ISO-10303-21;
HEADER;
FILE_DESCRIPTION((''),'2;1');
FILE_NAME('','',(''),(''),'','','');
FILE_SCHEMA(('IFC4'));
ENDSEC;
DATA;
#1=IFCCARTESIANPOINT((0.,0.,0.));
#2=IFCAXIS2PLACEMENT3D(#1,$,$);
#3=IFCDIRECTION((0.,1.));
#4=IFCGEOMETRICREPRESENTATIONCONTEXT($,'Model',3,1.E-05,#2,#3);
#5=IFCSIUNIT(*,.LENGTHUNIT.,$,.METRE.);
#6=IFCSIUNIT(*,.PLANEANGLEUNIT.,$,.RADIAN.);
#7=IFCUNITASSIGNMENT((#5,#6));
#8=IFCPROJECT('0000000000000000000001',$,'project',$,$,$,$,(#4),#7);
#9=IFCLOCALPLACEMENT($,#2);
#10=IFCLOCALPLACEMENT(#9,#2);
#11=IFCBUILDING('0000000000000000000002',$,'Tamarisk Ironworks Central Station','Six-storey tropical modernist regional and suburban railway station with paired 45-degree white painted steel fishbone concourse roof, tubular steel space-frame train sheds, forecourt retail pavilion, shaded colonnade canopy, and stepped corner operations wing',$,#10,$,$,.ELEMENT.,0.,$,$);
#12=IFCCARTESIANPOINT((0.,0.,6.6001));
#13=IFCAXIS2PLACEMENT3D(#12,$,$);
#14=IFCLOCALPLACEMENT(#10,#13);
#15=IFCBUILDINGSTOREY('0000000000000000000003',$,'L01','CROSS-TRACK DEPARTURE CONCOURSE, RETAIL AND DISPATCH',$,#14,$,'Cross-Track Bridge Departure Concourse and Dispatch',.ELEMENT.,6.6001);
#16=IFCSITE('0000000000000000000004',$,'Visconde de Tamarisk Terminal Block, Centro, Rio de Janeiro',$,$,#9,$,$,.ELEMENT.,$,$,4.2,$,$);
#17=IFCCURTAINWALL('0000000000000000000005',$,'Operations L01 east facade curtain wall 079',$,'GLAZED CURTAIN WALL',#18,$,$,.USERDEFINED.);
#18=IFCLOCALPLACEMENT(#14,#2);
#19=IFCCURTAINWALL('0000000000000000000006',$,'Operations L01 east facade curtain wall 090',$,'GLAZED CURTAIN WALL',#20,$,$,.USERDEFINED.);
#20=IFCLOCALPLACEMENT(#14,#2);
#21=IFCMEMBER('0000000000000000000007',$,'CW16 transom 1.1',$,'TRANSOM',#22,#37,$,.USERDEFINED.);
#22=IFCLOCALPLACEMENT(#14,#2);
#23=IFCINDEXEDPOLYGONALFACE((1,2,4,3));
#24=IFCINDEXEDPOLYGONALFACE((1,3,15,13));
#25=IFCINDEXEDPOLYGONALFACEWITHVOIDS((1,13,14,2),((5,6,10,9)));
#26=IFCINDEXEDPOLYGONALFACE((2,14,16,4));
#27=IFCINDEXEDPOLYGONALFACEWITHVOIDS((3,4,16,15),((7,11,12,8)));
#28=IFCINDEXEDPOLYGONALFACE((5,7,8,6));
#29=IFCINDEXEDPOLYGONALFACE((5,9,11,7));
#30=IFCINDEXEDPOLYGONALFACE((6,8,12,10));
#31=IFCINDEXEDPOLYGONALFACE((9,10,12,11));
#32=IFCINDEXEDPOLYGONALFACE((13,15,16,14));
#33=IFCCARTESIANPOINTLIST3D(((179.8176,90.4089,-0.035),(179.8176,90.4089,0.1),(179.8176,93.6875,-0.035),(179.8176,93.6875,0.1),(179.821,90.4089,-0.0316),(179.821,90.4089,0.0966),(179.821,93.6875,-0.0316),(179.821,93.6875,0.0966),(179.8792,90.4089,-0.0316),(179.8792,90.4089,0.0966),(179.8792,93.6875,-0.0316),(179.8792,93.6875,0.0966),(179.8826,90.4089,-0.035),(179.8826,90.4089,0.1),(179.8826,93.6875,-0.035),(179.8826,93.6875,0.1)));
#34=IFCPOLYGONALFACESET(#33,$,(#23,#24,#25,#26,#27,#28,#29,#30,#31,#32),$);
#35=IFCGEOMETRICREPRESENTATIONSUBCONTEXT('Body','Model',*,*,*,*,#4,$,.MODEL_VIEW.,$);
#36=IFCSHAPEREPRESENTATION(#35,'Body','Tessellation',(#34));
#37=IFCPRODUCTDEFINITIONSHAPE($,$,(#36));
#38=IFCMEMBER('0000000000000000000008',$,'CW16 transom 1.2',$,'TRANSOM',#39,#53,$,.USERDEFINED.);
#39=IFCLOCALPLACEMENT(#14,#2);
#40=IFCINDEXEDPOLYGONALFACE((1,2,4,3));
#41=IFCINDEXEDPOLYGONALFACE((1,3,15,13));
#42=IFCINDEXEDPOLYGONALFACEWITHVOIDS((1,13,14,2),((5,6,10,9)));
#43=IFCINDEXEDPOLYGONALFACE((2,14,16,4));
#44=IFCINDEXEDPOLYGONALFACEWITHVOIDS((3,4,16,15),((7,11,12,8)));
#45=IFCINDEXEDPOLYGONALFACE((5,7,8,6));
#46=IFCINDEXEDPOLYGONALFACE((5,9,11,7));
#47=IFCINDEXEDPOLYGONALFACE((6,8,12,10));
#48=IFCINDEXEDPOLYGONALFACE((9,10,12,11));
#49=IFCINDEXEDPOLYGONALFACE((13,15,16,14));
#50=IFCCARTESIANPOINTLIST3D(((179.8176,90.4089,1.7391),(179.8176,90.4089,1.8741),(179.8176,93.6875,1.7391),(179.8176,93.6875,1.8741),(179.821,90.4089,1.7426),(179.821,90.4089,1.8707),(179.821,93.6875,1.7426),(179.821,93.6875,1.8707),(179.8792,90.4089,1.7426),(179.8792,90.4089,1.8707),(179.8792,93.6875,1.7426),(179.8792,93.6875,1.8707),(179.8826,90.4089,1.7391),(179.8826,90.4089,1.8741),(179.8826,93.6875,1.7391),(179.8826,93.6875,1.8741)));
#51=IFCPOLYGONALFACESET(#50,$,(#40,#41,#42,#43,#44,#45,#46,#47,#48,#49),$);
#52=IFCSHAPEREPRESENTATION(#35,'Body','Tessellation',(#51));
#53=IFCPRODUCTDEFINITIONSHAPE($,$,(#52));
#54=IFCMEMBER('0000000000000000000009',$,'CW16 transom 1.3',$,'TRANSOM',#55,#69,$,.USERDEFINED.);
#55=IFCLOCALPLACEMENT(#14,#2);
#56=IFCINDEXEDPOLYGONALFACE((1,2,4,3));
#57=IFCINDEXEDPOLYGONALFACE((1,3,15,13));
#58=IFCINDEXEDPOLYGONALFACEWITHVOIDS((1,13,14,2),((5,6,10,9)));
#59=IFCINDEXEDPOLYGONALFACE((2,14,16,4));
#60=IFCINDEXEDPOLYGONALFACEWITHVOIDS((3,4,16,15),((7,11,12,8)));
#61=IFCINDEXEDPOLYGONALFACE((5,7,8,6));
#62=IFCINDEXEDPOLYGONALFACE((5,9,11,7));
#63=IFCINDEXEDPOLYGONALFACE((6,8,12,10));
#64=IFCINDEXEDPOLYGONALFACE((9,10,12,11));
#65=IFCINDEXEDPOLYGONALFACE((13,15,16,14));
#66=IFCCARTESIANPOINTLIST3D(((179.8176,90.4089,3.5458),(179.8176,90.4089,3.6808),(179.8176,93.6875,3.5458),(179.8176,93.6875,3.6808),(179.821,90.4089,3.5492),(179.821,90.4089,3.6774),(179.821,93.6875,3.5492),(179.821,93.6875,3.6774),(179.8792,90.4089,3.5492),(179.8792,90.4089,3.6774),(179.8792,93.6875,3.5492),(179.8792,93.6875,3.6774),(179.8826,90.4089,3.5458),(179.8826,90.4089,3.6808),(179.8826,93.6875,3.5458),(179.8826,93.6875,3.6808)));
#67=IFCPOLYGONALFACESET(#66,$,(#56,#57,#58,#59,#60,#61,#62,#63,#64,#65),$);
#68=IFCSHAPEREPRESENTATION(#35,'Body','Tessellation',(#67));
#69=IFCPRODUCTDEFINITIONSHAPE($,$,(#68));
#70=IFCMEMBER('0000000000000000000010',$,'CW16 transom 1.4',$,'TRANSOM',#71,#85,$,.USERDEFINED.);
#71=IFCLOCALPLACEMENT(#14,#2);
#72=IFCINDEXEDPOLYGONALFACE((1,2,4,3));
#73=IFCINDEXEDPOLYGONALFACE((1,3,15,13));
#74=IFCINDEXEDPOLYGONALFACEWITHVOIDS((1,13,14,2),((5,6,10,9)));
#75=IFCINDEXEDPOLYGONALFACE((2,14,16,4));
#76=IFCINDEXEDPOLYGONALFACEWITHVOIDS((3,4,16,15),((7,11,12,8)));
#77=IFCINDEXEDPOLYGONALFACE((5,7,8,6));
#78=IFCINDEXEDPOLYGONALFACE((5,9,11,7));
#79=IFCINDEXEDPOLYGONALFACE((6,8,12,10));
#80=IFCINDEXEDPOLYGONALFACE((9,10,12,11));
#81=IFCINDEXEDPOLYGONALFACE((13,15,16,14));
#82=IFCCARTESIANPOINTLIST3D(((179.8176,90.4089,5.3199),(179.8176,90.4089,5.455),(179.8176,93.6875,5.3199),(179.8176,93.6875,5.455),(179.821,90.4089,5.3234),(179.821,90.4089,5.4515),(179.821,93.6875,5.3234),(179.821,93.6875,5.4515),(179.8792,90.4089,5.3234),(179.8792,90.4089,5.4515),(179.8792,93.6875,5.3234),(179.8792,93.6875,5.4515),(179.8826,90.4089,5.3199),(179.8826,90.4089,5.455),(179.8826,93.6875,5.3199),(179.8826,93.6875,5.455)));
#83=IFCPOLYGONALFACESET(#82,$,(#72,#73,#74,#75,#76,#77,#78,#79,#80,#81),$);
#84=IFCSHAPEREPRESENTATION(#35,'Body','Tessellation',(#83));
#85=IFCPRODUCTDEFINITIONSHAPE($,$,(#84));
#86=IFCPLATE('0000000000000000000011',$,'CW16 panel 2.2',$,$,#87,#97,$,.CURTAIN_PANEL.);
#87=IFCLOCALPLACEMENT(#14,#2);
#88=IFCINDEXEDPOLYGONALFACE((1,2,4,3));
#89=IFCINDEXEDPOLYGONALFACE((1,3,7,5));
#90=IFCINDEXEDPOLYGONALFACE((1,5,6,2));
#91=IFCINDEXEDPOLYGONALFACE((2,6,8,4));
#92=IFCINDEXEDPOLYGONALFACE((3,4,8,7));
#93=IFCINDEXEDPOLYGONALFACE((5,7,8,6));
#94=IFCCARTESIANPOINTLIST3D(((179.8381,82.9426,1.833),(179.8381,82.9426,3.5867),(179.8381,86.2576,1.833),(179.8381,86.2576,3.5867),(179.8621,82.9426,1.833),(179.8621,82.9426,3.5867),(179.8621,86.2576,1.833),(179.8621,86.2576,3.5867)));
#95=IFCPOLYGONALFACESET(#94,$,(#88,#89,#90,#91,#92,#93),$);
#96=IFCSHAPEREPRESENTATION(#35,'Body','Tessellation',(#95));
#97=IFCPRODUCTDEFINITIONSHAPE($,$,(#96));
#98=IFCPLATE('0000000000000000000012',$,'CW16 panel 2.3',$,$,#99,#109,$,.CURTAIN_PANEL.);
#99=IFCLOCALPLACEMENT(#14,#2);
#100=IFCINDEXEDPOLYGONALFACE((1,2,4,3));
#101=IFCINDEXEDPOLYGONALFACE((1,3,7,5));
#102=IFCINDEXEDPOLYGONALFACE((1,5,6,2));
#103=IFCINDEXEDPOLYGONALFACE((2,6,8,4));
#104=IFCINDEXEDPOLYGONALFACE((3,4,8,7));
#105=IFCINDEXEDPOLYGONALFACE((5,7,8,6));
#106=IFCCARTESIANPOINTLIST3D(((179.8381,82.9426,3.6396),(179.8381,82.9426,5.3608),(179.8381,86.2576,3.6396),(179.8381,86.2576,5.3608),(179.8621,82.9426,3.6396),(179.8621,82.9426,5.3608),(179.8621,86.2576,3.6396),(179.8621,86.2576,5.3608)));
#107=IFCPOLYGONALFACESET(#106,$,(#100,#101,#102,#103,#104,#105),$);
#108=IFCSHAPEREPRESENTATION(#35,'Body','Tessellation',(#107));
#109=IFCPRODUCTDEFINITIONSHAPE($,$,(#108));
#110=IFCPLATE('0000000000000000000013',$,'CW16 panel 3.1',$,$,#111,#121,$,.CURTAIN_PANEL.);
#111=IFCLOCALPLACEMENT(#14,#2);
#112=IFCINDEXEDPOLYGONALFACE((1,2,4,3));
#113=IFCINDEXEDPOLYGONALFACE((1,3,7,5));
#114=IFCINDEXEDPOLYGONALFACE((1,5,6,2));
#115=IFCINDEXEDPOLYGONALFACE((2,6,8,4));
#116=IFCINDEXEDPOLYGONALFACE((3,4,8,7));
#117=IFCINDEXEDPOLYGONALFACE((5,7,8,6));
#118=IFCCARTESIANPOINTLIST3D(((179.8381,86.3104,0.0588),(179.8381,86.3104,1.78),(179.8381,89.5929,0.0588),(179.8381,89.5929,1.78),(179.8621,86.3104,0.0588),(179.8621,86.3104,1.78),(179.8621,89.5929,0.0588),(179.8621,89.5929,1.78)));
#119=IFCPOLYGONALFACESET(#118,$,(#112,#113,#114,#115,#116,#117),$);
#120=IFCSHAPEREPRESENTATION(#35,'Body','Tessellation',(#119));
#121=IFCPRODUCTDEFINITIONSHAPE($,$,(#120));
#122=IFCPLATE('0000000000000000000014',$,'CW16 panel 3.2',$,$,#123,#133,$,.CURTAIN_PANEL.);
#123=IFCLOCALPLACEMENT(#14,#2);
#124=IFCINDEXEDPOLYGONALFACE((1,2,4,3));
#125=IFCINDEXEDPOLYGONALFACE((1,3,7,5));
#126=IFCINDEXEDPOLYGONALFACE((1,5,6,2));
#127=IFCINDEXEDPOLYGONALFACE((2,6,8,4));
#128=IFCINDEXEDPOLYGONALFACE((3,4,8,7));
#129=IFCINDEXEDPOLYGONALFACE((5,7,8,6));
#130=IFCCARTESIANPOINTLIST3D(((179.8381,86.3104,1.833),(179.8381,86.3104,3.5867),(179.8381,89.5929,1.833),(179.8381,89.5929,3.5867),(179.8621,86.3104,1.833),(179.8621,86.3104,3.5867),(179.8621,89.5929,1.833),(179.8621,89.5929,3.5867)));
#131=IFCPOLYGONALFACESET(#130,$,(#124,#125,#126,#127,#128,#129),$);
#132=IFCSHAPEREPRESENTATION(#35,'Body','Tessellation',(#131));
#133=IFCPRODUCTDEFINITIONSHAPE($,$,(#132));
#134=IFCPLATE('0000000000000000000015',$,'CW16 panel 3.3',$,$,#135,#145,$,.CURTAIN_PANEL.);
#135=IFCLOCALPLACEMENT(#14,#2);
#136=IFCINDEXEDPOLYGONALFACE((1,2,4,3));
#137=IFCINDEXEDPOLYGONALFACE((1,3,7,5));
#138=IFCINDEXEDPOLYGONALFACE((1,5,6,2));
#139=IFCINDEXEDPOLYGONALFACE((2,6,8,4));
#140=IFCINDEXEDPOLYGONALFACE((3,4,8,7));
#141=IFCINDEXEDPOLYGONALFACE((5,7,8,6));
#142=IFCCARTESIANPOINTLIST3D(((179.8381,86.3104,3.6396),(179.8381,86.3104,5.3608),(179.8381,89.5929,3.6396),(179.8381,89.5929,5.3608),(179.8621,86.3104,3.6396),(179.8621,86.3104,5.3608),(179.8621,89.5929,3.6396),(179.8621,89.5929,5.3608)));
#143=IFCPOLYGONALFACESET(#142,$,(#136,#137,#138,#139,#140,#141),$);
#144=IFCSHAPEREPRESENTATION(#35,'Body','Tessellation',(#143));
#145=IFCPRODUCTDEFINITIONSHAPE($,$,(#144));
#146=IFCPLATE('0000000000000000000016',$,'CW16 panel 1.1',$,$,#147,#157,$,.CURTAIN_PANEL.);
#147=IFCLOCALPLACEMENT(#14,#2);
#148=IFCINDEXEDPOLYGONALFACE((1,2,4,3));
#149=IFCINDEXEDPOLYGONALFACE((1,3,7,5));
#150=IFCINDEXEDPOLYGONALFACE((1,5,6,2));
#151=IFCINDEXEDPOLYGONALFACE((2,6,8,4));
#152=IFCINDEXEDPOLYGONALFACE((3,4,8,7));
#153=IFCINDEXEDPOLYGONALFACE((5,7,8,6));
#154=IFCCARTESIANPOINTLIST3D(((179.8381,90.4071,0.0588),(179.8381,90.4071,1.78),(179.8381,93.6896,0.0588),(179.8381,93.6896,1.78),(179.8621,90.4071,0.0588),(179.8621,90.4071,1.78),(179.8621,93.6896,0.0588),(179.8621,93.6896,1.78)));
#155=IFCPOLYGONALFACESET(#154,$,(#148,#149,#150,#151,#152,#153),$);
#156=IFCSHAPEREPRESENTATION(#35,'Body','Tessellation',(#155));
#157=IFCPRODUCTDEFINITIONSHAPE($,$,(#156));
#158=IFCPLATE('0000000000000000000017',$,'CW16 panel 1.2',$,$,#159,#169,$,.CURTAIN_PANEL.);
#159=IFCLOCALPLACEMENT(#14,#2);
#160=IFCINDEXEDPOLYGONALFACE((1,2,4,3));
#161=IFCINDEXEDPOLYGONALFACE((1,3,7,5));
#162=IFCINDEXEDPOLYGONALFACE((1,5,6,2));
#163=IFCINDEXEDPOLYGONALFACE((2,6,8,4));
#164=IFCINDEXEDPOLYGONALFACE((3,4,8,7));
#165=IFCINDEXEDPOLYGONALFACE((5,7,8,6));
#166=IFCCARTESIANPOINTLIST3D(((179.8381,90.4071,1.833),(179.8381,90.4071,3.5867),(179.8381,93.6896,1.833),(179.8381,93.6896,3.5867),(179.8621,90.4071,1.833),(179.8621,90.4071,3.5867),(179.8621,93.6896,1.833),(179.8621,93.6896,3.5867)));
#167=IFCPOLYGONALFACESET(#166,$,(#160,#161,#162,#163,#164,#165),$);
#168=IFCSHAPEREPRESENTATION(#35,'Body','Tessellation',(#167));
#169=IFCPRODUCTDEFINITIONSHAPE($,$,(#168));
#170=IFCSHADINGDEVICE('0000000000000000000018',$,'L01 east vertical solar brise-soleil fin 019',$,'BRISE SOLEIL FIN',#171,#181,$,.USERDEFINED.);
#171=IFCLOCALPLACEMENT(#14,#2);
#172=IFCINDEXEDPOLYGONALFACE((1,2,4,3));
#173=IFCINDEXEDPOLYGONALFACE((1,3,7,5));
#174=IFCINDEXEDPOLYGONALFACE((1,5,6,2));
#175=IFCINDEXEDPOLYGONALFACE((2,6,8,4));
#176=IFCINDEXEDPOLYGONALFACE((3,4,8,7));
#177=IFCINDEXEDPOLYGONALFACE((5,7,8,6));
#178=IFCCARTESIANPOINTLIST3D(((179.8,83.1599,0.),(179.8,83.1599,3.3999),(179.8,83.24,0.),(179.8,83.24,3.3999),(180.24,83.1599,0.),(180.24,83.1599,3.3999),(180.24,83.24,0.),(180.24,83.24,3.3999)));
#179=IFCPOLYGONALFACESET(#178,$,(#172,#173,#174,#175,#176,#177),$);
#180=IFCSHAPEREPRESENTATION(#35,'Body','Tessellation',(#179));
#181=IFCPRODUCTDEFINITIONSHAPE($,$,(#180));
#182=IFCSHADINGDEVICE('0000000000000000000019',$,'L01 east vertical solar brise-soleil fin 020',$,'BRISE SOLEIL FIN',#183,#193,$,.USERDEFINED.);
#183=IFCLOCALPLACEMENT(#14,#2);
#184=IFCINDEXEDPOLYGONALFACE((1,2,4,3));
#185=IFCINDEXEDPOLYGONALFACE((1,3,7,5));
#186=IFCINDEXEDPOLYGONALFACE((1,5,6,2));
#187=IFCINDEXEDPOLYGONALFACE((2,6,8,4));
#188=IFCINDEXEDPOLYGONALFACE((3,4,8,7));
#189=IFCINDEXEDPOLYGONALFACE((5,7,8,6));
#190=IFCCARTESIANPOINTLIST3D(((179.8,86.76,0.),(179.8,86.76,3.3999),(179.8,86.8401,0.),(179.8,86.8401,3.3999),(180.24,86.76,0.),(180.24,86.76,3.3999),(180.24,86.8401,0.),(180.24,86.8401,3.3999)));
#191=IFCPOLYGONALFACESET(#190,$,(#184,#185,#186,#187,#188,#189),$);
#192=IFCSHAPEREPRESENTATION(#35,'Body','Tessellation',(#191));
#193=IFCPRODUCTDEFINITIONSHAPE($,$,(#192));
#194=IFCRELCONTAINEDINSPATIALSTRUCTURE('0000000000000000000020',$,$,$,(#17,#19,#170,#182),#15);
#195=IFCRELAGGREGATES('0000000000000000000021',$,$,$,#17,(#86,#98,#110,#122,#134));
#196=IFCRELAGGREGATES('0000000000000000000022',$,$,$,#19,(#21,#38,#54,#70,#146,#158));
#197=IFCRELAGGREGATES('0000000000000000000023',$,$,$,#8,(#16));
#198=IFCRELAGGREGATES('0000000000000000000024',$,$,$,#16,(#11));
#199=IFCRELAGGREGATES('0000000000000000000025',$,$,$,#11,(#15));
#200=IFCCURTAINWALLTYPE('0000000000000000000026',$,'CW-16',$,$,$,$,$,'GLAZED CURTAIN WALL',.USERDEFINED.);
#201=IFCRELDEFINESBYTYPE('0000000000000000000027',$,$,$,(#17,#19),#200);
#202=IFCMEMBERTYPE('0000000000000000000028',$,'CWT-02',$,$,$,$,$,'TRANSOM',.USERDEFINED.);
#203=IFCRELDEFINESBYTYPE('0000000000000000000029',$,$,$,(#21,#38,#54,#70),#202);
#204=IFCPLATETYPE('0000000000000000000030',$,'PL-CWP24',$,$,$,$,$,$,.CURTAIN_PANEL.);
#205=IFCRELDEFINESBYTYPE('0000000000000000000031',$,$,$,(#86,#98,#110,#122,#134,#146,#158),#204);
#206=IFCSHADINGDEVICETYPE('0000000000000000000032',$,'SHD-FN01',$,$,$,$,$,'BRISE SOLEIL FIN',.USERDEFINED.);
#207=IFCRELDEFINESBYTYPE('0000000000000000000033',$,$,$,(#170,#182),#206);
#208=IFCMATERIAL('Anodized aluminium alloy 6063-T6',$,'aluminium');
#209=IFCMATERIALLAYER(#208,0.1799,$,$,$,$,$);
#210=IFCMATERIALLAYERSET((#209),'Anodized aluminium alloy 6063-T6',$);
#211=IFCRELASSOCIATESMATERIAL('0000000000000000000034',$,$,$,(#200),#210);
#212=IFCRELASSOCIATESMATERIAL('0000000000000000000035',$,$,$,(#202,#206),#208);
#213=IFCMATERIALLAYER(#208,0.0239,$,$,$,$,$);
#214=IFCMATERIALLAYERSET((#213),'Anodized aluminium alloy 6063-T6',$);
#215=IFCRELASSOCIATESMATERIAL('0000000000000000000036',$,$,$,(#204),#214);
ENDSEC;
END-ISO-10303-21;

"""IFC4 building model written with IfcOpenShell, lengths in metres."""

from ifc_helpers import new_model, si_unit, direction, frame, origin, origin_2d, place, context, subcontext, project, spatial, rectangle, hollow_rectangle, extrude, material, layer, layer_set, material_profile, profile_set, type_object, element, aggregate, save


model = new_model("IFC4")

# Units and contexts
model_context = context("Model", 3, precision=1e-05, world=origin(), true_north=direction((0.0, 1.0)))
body_context = subcontext(model_context, "Body", "Model", "MODEL_VIEW")
ifc_project = project(units=[si_unit("LENGTHUNIT", "METRE"), si_unit("PLANEANGLEUNIT", "RADIAN")], contexts=[model_context])

# Site, building, storey
site_placement = place(None, origin())
site = spatial("IfcSite", under=ifc_project, at=site_placement, Name="Visconde de Tamarisk Terminal Block, Centro, Rio de Janeiro", CompositionType="ELEMENT", RefElevation=4.2)
building_placement = place(site_placement, origin())
building = spatial("IfcBuilding", under=site, at=building_placement, Name="Tamarisk Ironworks Central Station", Description="Six-storey tropical modernist regional and suburban railway station with paired 45-degree white painted steel fishbone concourse roof, tubular steel space-frame train sheds, forecourt retail pavilion, shaded colonnade canopy, and stepped corner operations wing", CompositionType="ELEMENT", ElevationOfRefHeight=0.0)
storey_placement = place(building_placement, frame((0.0, 0.0, 6.6001)))
storey = spatial("IfcBuildingStorey", under=building, at=storey_placement, Name="L01", Description="CROSS-TRACK DEPARTURE CONCOURSE, RETAIL AND DISPATCH", LongName="Cross-Track Bridge Departure Concourse and Dispatch", CompositionType="ELEMENT", Elevation=6.6001)

# Curtain wall
ifc_material_1 = material(Name="Anodized aluminium alloy 6063-T6", Category="aluminium")
ifc_layer_1 = layer(ifc_material_1, 0.1799)
ifc_layer_set_1 = layer_set([ifc_layer_1], Name="Anodized aluminium alloy 6063-T6")
curtain_wall_type = type_object("IfcCurtainWallType", Name="CW-16", ElementType="GLAZED CURTAIN WALL", PredefinedType="USERDEFINED", material=ifc_layer_set_1)
curtain_wall_1_placement = place(storey_placement, origin())
curtain_wall_1 = element("IfcCurtainWall", 1, at=curtain_wall_1_placement, inside=storey, type_object=curtain_wall_type, Name="Operations L01 east facade curtain wall 079", ObjectType="GLAZED CURTAIN WALL", PredefinedType="USERDEFINED")

# Curtain wall
curtain_wall_2_placement = place(storey_placement, origin())
curtain_wall_2 = element("IfcCurtainWall", 2, at=curtain_wall_2_placement, inside=storey, type_object=curtain_wall_type, Name="Operations L01 east facade curtain wall 090", ObjectType="GLAZED CURTAIN WALL", PredefinedType="USERDEFINED")

# Members
ifc_material_profile_1 = material_profile(ifc_material_1, hollow_rectangle(XDim=0.0649, YDim=0.135, WallThickness=0.0034, at=origin_2d()), Name="ALUM 135x65")
ifc_profile_set_1 = profile_set([ifc_material_profile_1], Name="Anodized aluminium alloy 6063-T6")
member_type_1 = type_object("IfcMemberType", Name="CWT-02", ElementType="TRANSOM", PredefinedType="USERDEFINED", material=ifc_profile_set_1)
member_1_placement = place(storey_placement, frame((179.8501, 90.4089, 0.0325), z_axis=(0.0, 1.0, 0.0), x_axis=(-1.0, 0.0, 0.0)))
member_1 = element("IfcMember", 3, at=member_1_placement, type_object=member_type_1, Name="CW16 transom 1.1", ObjectType="TRANSOM", PredefinedType="USERDEFINED", context=body_context, shape_type="SweptSolid", body=[
    extrude(hollow_rectangle(XDim=0.0649, YDim=0.135, WallThickness=0.0034, at=origin_2d()), origin(), (0.0, 0.0, 1.0), 3.2786),
])
member_2_placement = place(storey_placement, frame((179.8501, 90.4089, 1.8066), z_axis=(0.0, 1.0, 0.0), x_axis=(-1.0, 0.0, 0.0)))
member_2 = element("IfcMember", 4, at=member_2_placement, type_object=member_type_1, Name="CW16 transom 1.2", ObjectType="TRANSOM", PredefinedType="USERDEFINED", context=body_context, shape_type="SweptSolid", body=[
    extrude(hollow_rectangle(XDim=0.0649, YDim=0.135, WallThickness=0.0034, at=origin_2d()), origin(), (0.0, 0.0, 1.0), 3.2786),
])
member_3_placement = place(storey_placement, frame((179.8501, 90.4089, 3.6133), z_axis=(0.0, 1.0, 0.0), x_axis=(-1.0, 0.0, 0.0)))
member_3 = element("IfcMember", 5, at=member_3_placement, type_object=member_type_1, Name="CW16 transom 1.3", ObjectType="TRANSOM", PredefinedType="USERDEFINED", context=body_context, shape_type="SweptSolid", body=[
    extrude(hollow_rectangle(XDim=0.0649, YDim=0.135, WallThickness=0.0034, at=origin_2d()), origin(), (0.0, 0.0, 1.0), 3.2786),
])
member_4_placement = place(storey_placement, frame((179.8501, 90.4089, 5.3875), z_axis=(0.0, 1.0, 0.0), x_axis=(-1.0, 0.0, 0.0)))
member_4 = element("IfcMember", 6, at=member_4_placement, type_object=member_type_1, Name="CW16 transom 1.4", ObjectType="TRANSOM", PredefinedType="USERDEFINED", context=body_context, shape_type="SweptSolid", body=[
    extrude(hollow_rectangle(XDim=0.0649, YDim=0.135, WallThickness=0.0034, at=origin_2d()), origin(), (0.0, 0.0, 1.0), 3.2786),
])

# Plates
ifc_layer_2 = layer(ifc_material_1, 0.0239)
ifc_layer_set_2 = layer_set([ifc_layer_2], Name="Anodized aluminium alloy 6063-T6")
plate_type = type_object("IfcPlateType", Name="PL-CWP24", PredefinedType="CURTAIN_PANEL", material=ifc_layer_set_2)
plate_1_placement = place(storey_placement, frame((179.8501, 84.6001, 1.833), z_axis=(0.0, 0.0, 1.0), x_axis=(0.0, 1.0, 0.0)))
plate_1 = element("IfcPlate", 7, at=plate_1_placement, type_object=plate_type, Name="CW16 panel 2.2", PredefinedType="CURTAIN_PANEL", context=body_context, shape_type="SweptSolid", body=[
    extrude(rectangle(XDim=3.3149, YDim=0.0239, at=origin_2d()), origin(), (0.0, 0.0, 1.0), 1.7537),
])
plate_2_placement = place(storey_placement, frame((179.8501, 84.6001, 3.6396), z_axis=(0.0, 0.0, 1.0), x_axis=(0.0, 1.0, 0.0)))
plate_2 = element("IfcPlate", 8, at=plate_2_placement, type_object=plate_type, Name="CW16 panel 2.3", PredefinedType="CURTAIN_PANEL", context=body_context, shape_type="SweptSolid", body=[
    extrude(rectangle(XDim=3.3149, YDim=0.0239, at=origin_2d()), origin(), (0.0, 0.0, 1.0), 1.7212),
])
plate_3_placement = place(storey_placement, frame((179.8501, 87.9517, 0.0588), z_axis=(0.0, 0.0, 1.0), x_axis=(0.0, 1.0, 0.0)))
plate_3 = element("IfcPlate", 9, at=plate_3_placement, type_object=plate_type, Name="CW16 panel 3.1", PredefinedType="CURTAIN_PANEL", context=body_context, shape_type="SweptSolid", body=[
    extrude(rectangle(XDim=3.2825, YDim=0.0239, at=origin_2d()), origin(), (0.0, 0.0, 1.0), 1.7212),
])
plate_4_placement = place(storey_placement, frame((179.8501, 87.9517, 1.833), z_axis=(0.0, 0.0, 1.0), x_axis=(0.0, 1.0, 0.0)))
plate_4 = element("IfcPlate", 10, at=plate_4_placement, type_object=plate_type, Name="CW16 panel 3.2", PredefinedType="CURTAIN_PANEL", context=body_context, shape_type="SweptSolid", body=[
    extrude(rectangle(XDim=3.2825, YDim=0.0239, at=origin_2d()), origin(), (0.0, 0.0, 1.0), 1.7537),
])
plate_5_placement = place(storey_placement, frame((179.8501, 87.9517, 3.6396), z_axis=(0.0, 0.0, 1.0), x_axis=(0.0, 1.0, 0.0)))
plate_5 = element("IfcPlate", 11, at=plate_5_placement, type_object=plate_type, Name="CW16 panel 3.3", PredefinedType="CURTAIN_PANEL", context=body_context, shape_type="SweptSolid", body=[
    extrude(rectangle(XDim=3.2825, YDim=0.0239, at=origin_2d()), origin(), (0.0, 0.0, 1.0), 1.7212),
])
aggregate(curtain_wall_1, [plate_1, plate_2, plate_3, plate_4, plate_5])
plate_6_placement = place(storey_placement, frame((179.8501, 92.0483, 0.0588), z_axis=(0.0, 0.0, 1.0), x_axis=(0.0, 1.0, 0.0)))
plate_6 = element("IfcPlate", 12, at=plate_6_placement, type_object=plate_type, Name="CW16 panel 1.1", PredefinedType="CURTAIN_PANEL", context=body_context, shape_type="SweptSolid", body=[
    extrude(rectangle(XDim=3.2825, YDim=0.0239, at=origin_2d()), origin(), (0.0, 0.0, 1.0), 1.7212),
])
plate_7_placement = place(storey_placement, frame((179.8501, 92.0483, 1.833), z_axis=(0.0, 0.0, 1.0), x_axis=(0.0, 1.0, 0.0)))
plate_7 = element("IfcPlate", 13, at=plate_7_placement, type_object=plate_type, Name="CW16 panel 1.2", PredefinedType="CURTAIN_PANEL", context=body_context, shape_type="SweptSolid", body=[
    extrude(rectangle(XDim=3.2825, YDim=0.0239, at=origin_2d()), origin(), (0.0, 0.0, 1.0), 1.7537),
])
aggregate(curtain_wall_2, [member_1, member_2, member_3, member_4, plate_6, plate_7])

# Shading devices
shading_device_type = type_object("IfcShadingDeviceType", Name="SHD-FN01", ElementType="BRISE SOLEIL FIN", PredefinedType="USERDEFINED", material=ifc_material_1)
for number, where, z_axis, x_axis, name in (
    (14, (180.02, 83.2, 0.0), (0.0, 0.0, 1.0), (1.0, 0.0, 0.0), "L01 east vertical solar brise-soleil fin 019"),
    (15, (180.02, 86.8, 0.0), (0.0, 0.0, 1.0), (1.0, 0.0, 0.0), "L01 east vertical solar brise-soleil fin 020"),
):
    element("IfcShadingDevice", number, at=place(storey_placement, frame(where, z_axis=z_axis, x_axis=x_axis)), inside=storey, type_object=shading_device_type, Name=name, ObjectType="BRISE SOLEIL FIN", PredefinedType="USERDEFINED", context=body_context, shape_type="SweptSolid", body=[
        extrude(rectangle(XDim=0.4399, YDim=0.0801, at=origin_2d()), origin(), (0.0, 0.0, 1.0), 3.3999),
    ])

save(model, "model.ifc")
